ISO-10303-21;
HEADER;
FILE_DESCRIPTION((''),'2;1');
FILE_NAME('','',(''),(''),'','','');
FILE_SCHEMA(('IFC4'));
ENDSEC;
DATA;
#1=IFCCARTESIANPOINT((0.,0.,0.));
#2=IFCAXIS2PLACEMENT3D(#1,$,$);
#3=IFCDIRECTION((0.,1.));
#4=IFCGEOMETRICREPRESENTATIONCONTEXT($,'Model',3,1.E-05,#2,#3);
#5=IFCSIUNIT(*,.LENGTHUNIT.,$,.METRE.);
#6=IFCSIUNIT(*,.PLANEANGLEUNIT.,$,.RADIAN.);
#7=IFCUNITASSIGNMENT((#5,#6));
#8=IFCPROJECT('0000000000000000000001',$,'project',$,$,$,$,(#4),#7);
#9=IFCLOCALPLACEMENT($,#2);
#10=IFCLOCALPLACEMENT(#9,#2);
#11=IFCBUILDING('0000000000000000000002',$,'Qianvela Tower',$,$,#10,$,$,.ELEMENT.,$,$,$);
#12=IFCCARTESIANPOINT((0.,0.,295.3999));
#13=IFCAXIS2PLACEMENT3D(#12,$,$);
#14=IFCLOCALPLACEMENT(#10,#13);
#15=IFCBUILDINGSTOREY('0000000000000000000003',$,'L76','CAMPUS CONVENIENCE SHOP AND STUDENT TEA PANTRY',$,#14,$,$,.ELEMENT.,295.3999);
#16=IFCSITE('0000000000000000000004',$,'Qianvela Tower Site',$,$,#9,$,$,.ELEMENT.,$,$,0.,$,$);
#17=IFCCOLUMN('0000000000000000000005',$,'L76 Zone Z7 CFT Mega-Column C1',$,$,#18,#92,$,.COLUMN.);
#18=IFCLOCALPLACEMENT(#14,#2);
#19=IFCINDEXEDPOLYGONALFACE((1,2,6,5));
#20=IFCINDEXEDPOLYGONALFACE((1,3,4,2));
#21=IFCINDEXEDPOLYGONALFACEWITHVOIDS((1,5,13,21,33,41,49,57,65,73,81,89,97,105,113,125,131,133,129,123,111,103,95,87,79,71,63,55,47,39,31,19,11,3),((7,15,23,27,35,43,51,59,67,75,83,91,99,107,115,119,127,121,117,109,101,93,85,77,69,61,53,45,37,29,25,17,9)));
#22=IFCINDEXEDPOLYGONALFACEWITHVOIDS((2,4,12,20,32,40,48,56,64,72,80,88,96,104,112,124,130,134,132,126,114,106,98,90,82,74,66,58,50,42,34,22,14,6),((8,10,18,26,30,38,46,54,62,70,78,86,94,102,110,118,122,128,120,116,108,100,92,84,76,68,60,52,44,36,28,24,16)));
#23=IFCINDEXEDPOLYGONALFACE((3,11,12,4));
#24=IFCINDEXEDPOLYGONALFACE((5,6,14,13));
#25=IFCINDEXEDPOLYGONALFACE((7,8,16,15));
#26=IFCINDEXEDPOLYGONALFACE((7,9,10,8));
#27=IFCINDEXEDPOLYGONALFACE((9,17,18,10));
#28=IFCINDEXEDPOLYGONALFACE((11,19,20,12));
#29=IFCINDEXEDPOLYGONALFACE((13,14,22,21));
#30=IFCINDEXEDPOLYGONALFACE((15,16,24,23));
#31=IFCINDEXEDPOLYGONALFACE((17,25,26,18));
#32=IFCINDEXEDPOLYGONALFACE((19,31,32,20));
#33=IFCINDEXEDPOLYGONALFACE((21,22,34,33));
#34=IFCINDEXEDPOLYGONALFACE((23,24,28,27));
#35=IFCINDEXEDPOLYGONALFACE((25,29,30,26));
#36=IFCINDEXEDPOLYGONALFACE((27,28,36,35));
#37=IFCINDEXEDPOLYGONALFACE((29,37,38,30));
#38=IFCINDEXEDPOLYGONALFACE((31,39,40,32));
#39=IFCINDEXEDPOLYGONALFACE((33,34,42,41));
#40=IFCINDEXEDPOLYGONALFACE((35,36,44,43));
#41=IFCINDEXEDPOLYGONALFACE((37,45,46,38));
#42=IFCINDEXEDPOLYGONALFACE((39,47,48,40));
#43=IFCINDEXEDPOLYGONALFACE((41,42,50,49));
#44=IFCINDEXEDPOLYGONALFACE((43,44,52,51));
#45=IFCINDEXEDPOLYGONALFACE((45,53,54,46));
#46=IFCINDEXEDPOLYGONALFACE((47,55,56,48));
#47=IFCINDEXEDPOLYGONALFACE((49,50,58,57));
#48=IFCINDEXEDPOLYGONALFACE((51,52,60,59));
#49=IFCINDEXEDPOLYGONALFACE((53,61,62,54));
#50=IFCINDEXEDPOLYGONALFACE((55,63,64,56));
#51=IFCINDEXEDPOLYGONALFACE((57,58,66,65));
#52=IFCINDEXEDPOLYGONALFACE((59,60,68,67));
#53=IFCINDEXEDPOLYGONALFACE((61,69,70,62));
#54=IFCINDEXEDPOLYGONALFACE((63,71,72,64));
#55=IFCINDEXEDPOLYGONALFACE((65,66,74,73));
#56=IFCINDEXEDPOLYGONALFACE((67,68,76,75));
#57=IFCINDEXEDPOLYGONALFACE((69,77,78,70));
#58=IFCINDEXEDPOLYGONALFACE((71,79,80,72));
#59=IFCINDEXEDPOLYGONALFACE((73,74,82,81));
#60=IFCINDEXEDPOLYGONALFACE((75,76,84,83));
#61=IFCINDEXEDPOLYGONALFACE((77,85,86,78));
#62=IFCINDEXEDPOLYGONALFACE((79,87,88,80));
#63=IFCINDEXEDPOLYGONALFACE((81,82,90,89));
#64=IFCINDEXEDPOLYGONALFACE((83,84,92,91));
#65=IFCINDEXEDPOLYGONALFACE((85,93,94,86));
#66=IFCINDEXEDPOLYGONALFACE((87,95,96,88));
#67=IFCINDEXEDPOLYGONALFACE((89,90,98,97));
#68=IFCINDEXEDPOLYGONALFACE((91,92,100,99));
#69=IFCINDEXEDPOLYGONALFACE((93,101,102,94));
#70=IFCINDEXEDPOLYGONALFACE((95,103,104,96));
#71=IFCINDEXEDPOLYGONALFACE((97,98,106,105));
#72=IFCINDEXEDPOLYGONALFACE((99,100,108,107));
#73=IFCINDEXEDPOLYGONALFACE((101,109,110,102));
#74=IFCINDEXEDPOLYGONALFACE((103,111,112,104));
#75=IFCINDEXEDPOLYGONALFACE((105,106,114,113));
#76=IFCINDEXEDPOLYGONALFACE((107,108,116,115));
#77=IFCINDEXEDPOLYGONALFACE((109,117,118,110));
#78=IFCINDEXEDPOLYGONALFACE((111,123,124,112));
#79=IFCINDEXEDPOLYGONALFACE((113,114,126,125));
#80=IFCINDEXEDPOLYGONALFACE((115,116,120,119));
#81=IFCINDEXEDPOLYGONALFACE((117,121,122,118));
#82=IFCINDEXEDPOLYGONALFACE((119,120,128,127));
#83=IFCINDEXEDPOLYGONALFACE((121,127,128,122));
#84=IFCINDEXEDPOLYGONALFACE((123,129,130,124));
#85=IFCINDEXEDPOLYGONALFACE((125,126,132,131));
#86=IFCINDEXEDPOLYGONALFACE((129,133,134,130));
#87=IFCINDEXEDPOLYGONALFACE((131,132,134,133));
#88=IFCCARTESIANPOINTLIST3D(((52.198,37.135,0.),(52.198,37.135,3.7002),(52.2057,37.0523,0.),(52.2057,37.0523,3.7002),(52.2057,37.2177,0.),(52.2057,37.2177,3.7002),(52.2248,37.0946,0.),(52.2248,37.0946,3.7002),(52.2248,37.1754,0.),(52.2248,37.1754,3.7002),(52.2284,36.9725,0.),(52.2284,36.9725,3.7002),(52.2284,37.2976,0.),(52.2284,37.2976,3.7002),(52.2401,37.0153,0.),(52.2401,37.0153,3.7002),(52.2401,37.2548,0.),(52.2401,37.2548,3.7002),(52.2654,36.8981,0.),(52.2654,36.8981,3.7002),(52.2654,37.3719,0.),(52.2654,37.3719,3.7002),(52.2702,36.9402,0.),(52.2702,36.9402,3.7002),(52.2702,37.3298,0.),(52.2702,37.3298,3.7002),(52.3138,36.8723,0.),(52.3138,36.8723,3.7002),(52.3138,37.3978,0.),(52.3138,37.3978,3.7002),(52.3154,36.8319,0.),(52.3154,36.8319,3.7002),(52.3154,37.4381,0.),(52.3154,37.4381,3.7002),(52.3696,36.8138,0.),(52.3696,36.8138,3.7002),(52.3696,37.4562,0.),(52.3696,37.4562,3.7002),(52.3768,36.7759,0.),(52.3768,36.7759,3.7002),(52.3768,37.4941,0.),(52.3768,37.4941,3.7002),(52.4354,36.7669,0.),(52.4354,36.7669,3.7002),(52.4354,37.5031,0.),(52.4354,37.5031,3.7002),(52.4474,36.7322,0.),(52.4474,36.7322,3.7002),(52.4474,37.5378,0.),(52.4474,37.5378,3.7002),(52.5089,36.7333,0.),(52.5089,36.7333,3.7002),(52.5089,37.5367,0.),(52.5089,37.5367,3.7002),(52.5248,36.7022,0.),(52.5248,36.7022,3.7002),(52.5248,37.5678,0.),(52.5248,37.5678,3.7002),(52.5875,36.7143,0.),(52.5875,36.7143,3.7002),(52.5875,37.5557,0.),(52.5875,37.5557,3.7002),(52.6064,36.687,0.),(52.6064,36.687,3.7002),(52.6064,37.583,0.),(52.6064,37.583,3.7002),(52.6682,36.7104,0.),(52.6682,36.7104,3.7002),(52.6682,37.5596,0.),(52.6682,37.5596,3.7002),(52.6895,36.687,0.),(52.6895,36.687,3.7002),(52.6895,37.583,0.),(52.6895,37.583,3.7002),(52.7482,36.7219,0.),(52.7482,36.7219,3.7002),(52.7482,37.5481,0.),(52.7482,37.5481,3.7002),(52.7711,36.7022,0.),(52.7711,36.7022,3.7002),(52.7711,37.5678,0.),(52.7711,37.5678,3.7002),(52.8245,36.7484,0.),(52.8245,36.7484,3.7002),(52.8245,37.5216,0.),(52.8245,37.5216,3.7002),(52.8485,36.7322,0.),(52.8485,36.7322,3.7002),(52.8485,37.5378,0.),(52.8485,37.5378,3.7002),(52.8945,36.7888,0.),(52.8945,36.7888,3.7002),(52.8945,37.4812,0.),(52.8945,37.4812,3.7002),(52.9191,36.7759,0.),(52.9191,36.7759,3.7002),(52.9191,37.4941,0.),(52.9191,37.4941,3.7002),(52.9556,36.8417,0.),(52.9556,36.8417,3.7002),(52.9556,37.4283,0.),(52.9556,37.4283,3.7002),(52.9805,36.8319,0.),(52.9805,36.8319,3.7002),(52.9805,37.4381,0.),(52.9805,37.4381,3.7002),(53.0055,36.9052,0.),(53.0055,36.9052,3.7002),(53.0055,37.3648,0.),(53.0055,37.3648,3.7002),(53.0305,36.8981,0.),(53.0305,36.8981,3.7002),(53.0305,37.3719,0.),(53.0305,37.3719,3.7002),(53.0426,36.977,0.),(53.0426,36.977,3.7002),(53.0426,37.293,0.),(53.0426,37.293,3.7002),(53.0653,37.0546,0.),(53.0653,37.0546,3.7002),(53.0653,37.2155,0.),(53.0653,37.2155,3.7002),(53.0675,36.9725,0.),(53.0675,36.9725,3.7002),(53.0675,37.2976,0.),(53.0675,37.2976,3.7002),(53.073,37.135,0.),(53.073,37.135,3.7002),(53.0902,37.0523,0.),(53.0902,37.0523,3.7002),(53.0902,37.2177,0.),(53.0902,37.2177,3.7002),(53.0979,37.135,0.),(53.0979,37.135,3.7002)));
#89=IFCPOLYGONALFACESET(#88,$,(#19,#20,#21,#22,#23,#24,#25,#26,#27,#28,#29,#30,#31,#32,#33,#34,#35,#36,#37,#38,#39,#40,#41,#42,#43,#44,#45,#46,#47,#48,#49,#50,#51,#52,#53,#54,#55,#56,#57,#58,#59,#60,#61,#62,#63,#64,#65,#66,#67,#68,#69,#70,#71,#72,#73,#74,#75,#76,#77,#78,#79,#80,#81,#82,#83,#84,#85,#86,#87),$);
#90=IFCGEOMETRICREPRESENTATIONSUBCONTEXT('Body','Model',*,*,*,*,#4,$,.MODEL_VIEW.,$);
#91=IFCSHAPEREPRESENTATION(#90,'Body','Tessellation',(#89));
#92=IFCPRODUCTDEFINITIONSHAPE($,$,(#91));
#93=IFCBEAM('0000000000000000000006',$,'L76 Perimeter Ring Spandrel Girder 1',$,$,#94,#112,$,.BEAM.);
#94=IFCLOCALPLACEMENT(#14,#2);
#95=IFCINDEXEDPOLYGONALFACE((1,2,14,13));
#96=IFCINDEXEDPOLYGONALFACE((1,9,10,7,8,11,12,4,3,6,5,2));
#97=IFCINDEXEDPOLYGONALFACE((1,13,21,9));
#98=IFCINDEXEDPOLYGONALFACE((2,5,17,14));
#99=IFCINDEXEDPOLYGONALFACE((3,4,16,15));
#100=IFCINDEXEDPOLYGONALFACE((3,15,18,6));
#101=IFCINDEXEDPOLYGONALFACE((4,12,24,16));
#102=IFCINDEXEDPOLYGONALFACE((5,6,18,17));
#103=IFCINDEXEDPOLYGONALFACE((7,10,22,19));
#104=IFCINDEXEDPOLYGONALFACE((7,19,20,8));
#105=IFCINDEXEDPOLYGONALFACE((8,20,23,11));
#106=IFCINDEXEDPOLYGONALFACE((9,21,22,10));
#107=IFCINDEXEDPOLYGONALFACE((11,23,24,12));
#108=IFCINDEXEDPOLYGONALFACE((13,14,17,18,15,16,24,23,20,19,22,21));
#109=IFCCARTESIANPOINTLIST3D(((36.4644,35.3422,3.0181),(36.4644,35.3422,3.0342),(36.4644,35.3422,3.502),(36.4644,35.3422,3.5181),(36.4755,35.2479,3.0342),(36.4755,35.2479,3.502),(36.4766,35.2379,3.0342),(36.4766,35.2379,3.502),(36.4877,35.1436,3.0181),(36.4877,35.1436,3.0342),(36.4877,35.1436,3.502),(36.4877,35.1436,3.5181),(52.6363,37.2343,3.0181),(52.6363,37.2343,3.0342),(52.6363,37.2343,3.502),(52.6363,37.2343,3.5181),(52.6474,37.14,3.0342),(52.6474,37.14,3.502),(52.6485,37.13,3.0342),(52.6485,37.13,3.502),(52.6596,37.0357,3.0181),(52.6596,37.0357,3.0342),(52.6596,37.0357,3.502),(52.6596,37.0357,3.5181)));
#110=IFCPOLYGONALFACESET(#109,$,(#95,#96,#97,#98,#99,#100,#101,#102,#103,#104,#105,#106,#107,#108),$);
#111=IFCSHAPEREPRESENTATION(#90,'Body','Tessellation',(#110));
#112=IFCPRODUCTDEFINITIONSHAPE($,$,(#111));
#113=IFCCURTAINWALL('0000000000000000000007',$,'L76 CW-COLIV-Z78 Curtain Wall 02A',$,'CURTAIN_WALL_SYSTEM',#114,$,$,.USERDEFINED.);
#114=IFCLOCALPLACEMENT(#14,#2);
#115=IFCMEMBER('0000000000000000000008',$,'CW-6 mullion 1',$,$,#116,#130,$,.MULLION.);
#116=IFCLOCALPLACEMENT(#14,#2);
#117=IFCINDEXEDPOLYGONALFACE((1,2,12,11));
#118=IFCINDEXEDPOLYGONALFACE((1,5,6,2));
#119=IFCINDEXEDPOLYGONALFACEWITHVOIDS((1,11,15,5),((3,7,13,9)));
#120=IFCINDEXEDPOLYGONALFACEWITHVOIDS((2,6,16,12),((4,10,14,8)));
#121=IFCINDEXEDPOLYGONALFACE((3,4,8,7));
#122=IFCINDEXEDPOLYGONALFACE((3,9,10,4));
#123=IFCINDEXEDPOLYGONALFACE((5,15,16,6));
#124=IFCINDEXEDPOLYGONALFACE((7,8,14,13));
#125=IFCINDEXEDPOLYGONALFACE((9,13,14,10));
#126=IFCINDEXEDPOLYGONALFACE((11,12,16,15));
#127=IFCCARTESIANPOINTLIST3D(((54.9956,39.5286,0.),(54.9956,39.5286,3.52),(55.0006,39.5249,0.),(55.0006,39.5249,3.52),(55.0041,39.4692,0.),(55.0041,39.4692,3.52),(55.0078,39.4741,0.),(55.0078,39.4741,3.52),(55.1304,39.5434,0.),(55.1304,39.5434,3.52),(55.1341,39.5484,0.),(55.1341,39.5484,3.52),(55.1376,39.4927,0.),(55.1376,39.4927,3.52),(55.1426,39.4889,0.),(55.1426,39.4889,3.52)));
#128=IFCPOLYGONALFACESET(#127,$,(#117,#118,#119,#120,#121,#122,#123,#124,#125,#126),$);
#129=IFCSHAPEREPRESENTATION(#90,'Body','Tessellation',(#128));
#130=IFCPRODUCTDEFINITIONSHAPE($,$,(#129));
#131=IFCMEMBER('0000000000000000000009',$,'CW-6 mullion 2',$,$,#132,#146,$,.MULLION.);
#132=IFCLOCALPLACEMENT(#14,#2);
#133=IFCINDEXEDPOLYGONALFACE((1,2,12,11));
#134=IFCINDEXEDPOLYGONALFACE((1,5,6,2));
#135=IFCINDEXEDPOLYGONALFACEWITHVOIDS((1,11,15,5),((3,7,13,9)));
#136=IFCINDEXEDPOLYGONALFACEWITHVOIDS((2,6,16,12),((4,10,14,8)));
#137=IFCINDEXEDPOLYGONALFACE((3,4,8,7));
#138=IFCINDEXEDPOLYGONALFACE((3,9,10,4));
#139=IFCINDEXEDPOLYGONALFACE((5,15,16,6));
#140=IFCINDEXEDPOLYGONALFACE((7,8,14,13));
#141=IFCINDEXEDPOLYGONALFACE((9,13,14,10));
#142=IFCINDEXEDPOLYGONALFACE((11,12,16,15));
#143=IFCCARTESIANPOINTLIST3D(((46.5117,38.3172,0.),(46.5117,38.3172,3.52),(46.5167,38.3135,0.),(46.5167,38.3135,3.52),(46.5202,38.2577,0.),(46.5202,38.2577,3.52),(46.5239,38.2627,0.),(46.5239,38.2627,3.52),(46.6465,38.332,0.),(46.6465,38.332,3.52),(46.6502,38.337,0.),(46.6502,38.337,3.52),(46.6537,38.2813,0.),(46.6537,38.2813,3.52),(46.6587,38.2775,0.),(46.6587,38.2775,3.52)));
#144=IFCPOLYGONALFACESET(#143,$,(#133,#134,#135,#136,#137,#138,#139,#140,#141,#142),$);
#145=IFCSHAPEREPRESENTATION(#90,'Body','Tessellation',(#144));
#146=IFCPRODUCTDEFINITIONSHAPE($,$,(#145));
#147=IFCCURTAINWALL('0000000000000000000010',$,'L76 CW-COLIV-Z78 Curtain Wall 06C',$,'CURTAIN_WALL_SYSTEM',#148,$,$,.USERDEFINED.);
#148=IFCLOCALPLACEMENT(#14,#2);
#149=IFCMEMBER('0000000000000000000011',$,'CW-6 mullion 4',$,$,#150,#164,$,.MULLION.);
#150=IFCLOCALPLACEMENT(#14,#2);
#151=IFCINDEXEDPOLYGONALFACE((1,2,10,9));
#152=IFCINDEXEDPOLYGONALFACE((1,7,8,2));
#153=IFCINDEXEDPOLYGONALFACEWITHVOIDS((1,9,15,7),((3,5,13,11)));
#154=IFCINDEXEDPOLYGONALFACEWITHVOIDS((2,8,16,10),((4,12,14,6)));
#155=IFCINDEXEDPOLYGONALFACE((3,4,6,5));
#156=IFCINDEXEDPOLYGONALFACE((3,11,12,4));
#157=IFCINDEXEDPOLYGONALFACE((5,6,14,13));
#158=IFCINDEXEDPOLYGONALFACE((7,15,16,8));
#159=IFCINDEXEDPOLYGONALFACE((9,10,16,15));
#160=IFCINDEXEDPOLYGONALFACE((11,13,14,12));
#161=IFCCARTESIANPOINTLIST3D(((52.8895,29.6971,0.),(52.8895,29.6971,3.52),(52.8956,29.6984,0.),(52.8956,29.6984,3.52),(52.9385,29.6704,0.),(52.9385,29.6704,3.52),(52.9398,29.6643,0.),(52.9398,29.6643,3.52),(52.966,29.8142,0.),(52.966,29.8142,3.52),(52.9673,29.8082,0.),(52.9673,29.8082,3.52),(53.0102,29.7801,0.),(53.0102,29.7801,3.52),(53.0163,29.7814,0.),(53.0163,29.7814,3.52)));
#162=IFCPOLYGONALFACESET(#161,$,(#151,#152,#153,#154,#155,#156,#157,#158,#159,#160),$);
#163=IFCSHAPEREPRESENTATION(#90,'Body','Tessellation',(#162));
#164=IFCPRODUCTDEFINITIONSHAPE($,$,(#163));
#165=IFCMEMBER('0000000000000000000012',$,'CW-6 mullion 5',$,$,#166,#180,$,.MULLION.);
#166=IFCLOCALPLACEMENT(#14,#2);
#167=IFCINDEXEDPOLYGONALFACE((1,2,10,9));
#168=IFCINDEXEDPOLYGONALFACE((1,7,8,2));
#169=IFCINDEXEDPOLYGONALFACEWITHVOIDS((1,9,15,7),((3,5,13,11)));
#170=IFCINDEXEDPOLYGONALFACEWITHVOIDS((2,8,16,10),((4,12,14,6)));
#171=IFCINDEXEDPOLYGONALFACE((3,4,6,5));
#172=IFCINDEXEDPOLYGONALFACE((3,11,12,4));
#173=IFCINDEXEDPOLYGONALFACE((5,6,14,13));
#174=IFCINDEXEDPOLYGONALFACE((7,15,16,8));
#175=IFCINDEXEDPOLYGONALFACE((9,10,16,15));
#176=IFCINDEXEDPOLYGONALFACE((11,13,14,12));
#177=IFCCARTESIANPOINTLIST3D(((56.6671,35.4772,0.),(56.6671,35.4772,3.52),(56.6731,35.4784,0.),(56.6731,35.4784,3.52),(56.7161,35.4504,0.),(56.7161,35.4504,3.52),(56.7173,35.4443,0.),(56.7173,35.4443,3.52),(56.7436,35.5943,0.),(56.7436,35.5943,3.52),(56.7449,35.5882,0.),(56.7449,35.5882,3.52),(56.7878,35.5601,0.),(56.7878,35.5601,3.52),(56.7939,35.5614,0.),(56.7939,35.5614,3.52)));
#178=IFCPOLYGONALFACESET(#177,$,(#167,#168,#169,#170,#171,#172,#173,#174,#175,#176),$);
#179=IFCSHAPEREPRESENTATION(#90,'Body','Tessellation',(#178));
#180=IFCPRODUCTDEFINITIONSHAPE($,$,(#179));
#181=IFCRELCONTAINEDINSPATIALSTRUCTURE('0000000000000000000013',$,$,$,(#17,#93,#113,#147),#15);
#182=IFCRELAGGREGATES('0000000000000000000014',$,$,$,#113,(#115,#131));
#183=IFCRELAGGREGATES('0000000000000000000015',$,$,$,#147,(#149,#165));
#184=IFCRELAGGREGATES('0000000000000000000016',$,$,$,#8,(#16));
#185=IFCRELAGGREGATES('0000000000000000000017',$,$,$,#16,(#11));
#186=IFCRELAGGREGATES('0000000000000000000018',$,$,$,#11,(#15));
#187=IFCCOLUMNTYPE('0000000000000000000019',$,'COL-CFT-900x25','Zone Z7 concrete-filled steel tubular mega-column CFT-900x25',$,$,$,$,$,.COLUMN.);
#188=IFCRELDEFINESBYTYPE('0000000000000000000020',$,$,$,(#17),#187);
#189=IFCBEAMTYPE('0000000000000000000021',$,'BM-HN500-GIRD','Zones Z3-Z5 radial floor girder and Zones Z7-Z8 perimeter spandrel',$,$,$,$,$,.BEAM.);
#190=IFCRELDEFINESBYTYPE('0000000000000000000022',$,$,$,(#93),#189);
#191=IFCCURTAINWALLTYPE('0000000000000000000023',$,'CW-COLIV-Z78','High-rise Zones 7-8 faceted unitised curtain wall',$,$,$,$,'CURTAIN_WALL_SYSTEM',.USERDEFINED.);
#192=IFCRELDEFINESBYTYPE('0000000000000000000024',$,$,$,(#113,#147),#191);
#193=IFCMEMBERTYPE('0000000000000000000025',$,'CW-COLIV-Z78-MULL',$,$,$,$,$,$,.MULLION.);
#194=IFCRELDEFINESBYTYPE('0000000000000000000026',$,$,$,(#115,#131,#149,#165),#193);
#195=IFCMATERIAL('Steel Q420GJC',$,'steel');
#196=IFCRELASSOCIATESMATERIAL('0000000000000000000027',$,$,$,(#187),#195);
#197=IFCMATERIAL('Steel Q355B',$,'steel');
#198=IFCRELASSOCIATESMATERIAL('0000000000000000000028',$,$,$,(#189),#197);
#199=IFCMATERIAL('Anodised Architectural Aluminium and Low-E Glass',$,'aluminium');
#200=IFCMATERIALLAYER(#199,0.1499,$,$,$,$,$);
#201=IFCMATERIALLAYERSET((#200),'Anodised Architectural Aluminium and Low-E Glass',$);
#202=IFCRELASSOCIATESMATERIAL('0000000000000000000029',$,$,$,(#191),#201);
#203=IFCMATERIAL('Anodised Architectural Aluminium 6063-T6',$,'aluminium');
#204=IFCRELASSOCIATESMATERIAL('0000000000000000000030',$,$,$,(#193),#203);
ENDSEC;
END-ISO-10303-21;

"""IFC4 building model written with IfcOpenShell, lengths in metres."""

from ifc_helpers import new_model, si_unit, direction, frame, origin, origin_2d, place, context, subcontext, project, spatial, hollow_rectangle, hollow_circle, i_section, extrude, material, layer, layer_set, material_profile, profile_set, type_object, element, aggregate, save


model = new_model("IFC4")

# Units and contexts
model_context = context("Model", 3, precision=1e-05, world=origin(), true_north=direction((0.0, 1.0)))
body_context = subcontext(model_context, "Body", "Model", "MODEL_VIEW")
ifc_project = project(units=[si_unit("LENGTHUNIT", "METRE"), si_unit("PLANEANGLEUNIT", "RADIAN")], contexts=[model_context])

# Site, building, storey
site_placement = place(None, origin())
site = spatial("IfcSite", under=ifc_project, at=site_placement, Name="Qianvela Tower Site", CompositionType="ELEMENT", RefElevation=0.0)
building_placement = place(site_placement, origin())
building = spatial("IfcBuilding", under=site, at=building_placement, Name="Qianvela Tower", CompositionType="ELEMENT")
storey_placement = place(building_placement, frame((0.0, 0.0, 295.3999)))
storey = spatial("IfcBuildingStorey", under=building, at=storey_placement, Name="L76", Description="CAMPUS CONVENIENCE SHOP AND STUDENT TEA PANTRY", CompositionType="ELEMENT", Elevation=295.3999)

# Column
ifc_material_1 = material(Name="Steel Q420GJC", Category="steel")
ifc_material_profile_1 = material_profile(ifc_material_1, hollow_circle(Radius=0.45, WallThickness=0.0249, at=origin_2d()), Name="CFT-900x25")
ifc_profile_set_1 = profile_set([ifc_material_profile_1], Name="Steel Q420GJC")
column_type = type_object("IfcColumnType", Name="COL-CFT-900x25", Description="Zone Z7 concrete-filled steel tubular mega-column CFT-900x25", PredefinedType="COLUMN", material=ifc_profile_set_1)
column_placement = place(storey_placement, frame((52.6479, 37.135, 0.0), z_axis=(0.0, 0.0, 1.0), x_axis=(1.0, 0.0, 0.0)))
element("IfcColumn", 1, at=column_placement, inside=storey, type_object=column_type, Name="L76 Zone Z7 CFT Mega-Column C1", PredefinedType="COLUMN", context=body_context, shape_type="SweptSolid", body=[
    extrude(hollow_circle(Radius=0.45, WallThickness=0.0249, at=origin_2d()), origin(), (0.0, 0.0, 1.0), 3.7002),
])

# Beam
ifc_material_2 = material(Name="Steel Q355B", Category="steel")
ifc_material_profile_2 = material_profile(ifc_material_2, i_section(OverallWidth=0.2, OverallDepth=0.5, WebThickness=0.01, FlangeThickness=0.0161, at=origin_2d()), Name="HN500x200x10x16")
ifc_profile_set_2 = profile_set([ifc_material_profile_2], Name="Steel Q355B")
beam_type = type_object("IfcBeamType", Name="BM-HN500-GIRD", Description="Zones Z3-Z5 radial floor girder and Zones Z7-Z8 perimeter spandrel", PredefinedType="BEAM", material=ifc_profile_set_2)
beam_placement = place(storey_placement, frame((52.6479, 37.135, 3.2681), z_axis=(-0.993225, -0.116206, 0.0), x_axis=(0.116206, -0.993225, 0.0)))
element("IfcBeam", 2, at=beam_placement, inside=storey, type_object=beam_type, Name="L76 Perimeter Ring Spandrel Girder 1", PredefinedType="BEAM", context=body_context, shape_type="SweptSolid", body=[
    extrude(i_section(OverallWidth=0.2, OverallDepth=0.5, WebThickness=0.01, FlangeThickness=0.0161, at=origin_2d()), origin(), (0.0, 0.0, 1.0), 16.2822),
])

# Curtain walls, members
ifc_material_3 = material(Name="Anodised Architectural Aluminium and Low-E Glass", Category="aluminium")
ifc_layer_1 = layer(ifc_material_3, 0.1499)
ifc_layer_set_1 = layer_set([ifc_layer_1], Name="Anodised Architectural Aluminium and Low-E Glass")
curtain_wall_type = type_object("IfcCurtainWallType", Name="CW-COLIV-Z78", Description="High-rise Zones 7-8 faceted unitised curtain wall", ElementType="CURTAIN_WALL_SYSTEM", PredefinedType="USERDEFINED", material=ifc_layer_set_1)
curtain_wall_1_placement = place(storey_placement, origin())
curtain_wall_1 = element("IfcCurtainWall", 3, at=curtain_wall_1_placement, inside=storey, type_object=curtain_wall_type, Name="L76 CW-COLIV-Z78 Curtain Wall 02A", ObjectType="CURTAIN_WALL_SYSTEM", PredefinedType="USERDEFINED")
ifc_material_4 = material(Name="Anodised Architectural Aluminium 6063-T6", Category="aluminium")
ifc_material_profile_3 = material_profile(ifc_material_4, hollow_rectangle(XDim=0.0601, YDim=0.1399, WallThickness=0.0044, at=origin_2d()), Name="ALU-MULL-60x140")
ifc_profile_set_3 = profile_set([ifc_material_profile_3], Name="Anodised Architectural Aluminium 6063-T6")
member_type_1 = type_object("IfcMemberType", Name="CW-COLIV-Z78-MULL", PredefinedType="MULLION", material=ifc_profile_set_3)
member_1_placement = place(storey_placement, frame((55.0691, 39.5088, 0.0), z_axis=(0.0, 0.0, 1.0), x_axis=(0.141366, -0.989957, 0.0)))
member_1 = element("IfcMember", 4, at=member_1_placement, type_object=member_type_1, Name="CW-6 mullion 1", PredefinedType="MULLION", context=body_context, shape_type="SweptSolid", body=[
    extrude(hollow_rectangle(XDim=0.0601, YDim=0.1399, WallThickness=0.0044, at=origin_2d()), origin(), (0.0, 0.0, 1.0), 3.52),
])
member_2_placement = place(storey_placement, frame((46.5852, 38.2974, 0.0), z_axis=(0.0, 0.0, 1.0), x_axis=(0.141366, -0.989957, 0.0)))
member_2 = element("IfcMember", 5, at=member_2_placement, type_object=member_type_1, Name="CW-6 mullion 2", PredefinedType="MULLION", context=body_context, shape_type="SweptSolid", body=[
    extrude(hollow_rectangle(XDim=0.0601, YDim=0.1399, WallThickness=0.0044, at=origin_2d()), origin(), (0.0, 0.0, 1.0), 3.52),
])
curtain_wall_2_placement = place(storey_placement, origin())
curtain_wall_2 = element("IfcCurtainWall", 6, at=curtain_wall_2_placement, inside=storey, type_object=curtain_wall_type, Name="L76 CW-COLIV-Z78 Curtain Wall 06C", ObjectType="CURTAIN_WALL_SYSTEM", PredefinedType="USERDEFINED")
member_3_placement = place(storey_placement, frame((52.9529, 29.7393, 0.0), z_axis=(0.0, 0.0, 1.0), x_axis=(-0.83708, 0.547081, 0.0)))
member_3 = element("IfcMember", 7, at=member_3_placement, type_object=member_type_1, Name="CW-6 mullion 4", PredefinedType="MULLION", context=body_context, shape_type="SweptSolid", body=[
    extrude(hollow_rectangle(XDim=0.0601, YDim=0.1399, WallThickness=0.0044, at=origin_2d()), origin(), (0.0, 0.0, 1.0), 3.52),
])
member_4_placement = place(storey_placement, frame((56.7305, 35.5193, 0.0), z_axis=(0.0, 0.0, 1.0), x_axis=(-0.83708, 0.547081, 0.0)))
member_4 = element("IfcMember", 8, at=member_4_placement, type_object=member_type_1, Name="CW-6 mullion 5", PredefinedType="MULLION", context=body_context, shape_type="SweptSolid", body=[
    extrude(hollow_rectangle(XDim=0.0601, YDim=0.1399, WallThickness=0.0044, at=origin_2d()), origin(), (0.0, 0.0, 1.0), 3.52),
])

aggregate(curtain_wall_1, [member_1, member_2])
aggregate(curtain_wall_2, [member_3, member_4])

save(model, "model.ifc")
